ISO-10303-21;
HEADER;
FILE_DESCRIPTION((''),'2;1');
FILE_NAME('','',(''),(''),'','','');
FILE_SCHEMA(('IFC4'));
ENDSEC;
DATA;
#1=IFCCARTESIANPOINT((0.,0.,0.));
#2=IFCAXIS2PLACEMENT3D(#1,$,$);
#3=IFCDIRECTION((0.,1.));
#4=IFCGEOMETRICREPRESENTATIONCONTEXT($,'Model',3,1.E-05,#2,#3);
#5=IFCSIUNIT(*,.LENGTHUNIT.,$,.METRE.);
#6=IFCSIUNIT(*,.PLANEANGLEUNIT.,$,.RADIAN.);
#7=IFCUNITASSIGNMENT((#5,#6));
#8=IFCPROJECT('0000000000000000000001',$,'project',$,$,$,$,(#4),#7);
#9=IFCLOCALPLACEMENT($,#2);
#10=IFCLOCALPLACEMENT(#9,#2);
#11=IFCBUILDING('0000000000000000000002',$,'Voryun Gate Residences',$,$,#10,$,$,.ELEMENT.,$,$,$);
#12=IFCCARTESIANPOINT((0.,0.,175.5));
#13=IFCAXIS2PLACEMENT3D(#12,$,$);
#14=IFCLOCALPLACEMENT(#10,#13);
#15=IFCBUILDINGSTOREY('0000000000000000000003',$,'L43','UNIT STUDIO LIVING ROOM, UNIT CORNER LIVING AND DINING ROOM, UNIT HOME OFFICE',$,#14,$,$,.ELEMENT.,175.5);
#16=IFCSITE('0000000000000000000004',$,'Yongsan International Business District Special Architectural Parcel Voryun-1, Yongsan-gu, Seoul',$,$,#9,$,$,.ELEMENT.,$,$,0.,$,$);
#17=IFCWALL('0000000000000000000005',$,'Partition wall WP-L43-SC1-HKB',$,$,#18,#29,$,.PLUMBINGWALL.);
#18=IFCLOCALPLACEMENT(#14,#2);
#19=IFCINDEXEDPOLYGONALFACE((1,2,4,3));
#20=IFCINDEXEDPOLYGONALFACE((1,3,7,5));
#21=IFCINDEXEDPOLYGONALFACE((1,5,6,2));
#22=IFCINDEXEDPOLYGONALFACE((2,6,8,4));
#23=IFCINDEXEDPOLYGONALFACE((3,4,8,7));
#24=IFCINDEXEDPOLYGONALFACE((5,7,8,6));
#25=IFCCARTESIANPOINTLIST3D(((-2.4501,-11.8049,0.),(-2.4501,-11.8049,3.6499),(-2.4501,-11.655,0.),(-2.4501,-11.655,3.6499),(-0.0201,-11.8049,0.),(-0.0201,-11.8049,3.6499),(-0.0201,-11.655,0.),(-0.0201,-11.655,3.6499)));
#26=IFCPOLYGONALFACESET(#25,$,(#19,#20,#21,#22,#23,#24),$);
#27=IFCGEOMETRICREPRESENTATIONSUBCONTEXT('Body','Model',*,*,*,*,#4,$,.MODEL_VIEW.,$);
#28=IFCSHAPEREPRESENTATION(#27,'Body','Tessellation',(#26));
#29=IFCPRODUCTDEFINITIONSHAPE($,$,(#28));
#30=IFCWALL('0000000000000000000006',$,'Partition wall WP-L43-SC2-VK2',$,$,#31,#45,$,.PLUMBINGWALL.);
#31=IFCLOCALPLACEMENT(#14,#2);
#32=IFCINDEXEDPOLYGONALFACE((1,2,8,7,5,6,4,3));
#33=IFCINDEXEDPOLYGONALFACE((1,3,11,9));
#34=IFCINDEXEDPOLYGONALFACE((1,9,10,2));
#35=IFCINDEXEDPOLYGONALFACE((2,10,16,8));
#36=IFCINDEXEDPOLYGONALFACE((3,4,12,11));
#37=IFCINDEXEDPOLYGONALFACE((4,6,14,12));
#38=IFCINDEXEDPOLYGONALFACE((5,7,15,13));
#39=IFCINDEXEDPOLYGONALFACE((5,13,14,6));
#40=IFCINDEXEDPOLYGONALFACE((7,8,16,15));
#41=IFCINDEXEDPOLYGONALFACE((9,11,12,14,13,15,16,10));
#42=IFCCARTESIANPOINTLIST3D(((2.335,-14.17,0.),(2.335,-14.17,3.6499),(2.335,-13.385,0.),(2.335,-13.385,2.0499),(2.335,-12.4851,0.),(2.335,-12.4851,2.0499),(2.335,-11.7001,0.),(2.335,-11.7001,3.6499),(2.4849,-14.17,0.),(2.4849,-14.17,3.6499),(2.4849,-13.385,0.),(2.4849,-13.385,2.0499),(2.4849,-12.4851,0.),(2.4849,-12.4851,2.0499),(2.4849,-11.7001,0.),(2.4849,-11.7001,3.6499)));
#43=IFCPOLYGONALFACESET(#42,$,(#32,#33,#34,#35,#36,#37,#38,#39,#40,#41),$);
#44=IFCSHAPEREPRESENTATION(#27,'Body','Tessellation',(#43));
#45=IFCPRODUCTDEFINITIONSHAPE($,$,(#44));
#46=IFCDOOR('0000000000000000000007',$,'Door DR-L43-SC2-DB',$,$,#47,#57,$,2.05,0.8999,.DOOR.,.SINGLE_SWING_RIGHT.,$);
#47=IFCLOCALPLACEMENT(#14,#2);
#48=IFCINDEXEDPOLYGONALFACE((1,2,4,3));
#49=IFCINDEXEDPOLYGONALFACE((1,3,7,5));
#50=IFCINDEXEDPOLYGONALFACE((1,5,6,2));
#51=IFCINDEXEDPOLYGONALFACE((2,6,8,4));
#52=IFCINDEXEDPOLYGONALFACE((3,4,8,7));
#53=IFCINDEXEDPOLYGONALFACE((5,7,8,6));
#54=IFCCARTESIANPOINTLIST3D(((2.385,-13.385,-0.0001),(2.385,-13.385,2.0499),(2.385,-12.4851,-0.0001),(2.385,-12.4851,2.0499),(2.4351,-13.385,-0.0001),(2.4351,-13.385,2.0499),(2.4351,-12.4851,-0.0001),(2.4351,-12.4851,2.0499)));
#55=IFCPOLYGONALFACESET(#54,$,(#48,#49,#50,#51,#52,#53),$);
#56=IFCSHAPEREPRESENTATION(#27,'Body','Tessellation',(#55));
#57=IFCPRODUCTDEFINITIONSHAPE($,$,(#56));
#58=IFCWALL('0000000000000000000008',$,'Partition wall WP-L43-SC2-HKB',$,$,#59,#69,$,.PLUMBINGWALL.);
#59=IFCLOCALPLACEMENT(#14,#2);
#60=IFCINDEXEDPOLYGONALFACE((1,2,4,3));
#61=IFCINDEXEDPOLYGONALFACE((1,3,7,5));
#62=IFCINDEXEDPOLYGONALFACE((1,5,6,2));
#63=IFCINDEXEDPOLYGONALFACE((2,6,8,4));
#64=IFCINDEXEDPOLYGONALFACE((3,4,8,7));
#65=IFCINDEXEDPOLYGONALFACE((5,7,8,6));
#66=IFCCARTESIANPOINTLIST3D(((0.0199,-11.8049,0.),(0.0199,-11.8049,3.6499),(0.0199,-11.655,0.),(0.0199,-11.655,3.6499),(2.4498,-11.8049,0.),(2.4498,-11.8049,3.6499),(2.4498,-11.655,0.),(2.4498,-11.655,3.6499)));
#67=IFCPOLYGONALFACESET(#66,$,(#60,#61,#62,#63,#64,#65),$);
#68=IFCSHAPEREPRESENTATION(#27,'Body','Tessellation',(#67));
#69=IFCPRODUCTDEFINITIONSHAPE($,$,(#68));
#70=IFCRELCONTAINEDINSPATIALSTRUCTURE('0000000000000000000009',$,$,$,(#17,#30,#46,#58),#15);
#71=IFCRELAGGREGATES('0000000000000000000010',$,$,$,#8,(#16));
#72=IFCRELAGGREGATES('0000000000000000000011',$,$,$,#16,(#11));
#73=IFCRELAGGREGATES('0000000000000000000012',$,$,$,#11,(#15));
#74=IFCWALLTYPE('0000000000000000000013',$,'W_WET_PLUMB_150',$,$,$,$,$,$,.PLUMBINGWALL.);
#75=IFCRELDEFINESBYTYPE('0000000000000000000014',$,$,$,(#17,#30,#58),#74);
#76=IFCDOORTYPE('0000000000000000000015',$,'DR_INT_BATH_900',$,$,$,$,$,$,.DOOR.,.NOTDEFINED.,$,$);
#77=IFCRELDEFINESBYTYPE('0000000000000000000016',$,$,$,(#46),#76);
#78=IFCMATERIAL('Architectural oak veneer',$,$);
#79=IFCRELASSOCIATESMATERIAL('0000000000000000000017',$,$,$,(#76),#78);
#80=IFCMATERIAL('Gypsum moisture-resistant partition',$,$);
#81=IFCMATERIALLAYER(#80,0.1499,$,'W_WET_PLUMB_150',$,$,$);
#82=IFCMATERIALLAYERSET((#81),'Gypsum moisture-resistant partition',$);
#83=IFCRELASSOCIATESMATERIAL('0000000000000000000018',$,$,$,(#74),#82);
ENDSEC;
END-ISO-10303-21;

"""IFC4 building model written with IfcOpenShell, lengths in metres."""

from ifc_helpers import new_model, si_unit, direction, frame, frame_2d, origin, place, context, subcontext, project, spatial, rectangle, extrude, material, layer, layer_set, type_object, element, fill, save


model = new_model("IFC4")

# Units and contexts
model_context = context("Model", 3, precision=1e-05, world=origin(), true_north=direction((0.0, 1.0)))
body_context = subcontext(model_context, "Body", "Model", "MODEL_VIEW")
ifc_project = project(units=[si_unit("LENGTHUNIT", "METRE"), si_unit("PLANEANGLEUNIT", "RADIAN")], contexts=[model_context])

# Site, building, storey
site_placement = place(None, origin())
site = spatial("IfcSite", under=ifc_project, at=site_placement, Name="Yongsan International Business District Special Architectural Parcel Voryun-1, Yongsan-gu, Seoul", CompositionType="ELEMENT", RefElevation=0.0)
building_placement = place(site_placement, origin())
building = spatial("IfcBuilding", under=site, at=building_placement, Name="Voryun Gate Residences", CompositionType="ELEMENT")
storey_placement = place(building_placement, frame((0.0, 0.0, 175.5)))
storey = spatial("IfcBuildingStorey", under=building, at=storey_placement, Name="L43", Description="UNIT STUDIO LIVING ROOM, UNIT CORNER LIVING AND DINING ROOM, UNIT HOME OFFICE", CompositionType="ELEMENT", Elevation=175.5)

# Shared definitions
ifc_material_1 = material(Name="Architectural oak veneer")
door_type_1 = type_object("IfcDoorType", Name="DR_INT_BATH_900", OperationType="NOTDEFINED", PredefinedType="DOOR", material=ifc_material_1)

# Shared definitions
ifc_material_2 = material(Name="Gypsum moisture-resistant partition")
ifc_layer_1 = layer(ifc_material_2, 0.1499, Name="W_WET_PLUMB_150")
ifc_layer_set_1 = layer_set([ifc_layer_1], Name="Gypsum moisture-resistant partition")
wall_type_1 = type_object("IfcWallType", Name="W_WET_PLUMB_150", PredefinedType="PLUMBINGWALL", material=ifc_layer_set_1)

# Wall
wall_1_placement = place(storey_placement, frame((-2.45, -11.73, 0.0), z_axis=(0.0, 0.0, 1.0), x_axis=(1.0, 0.0, 0.0)))
element("IfcWall", 1, at=wall_1_placement, inside=storey, type_object=wall_type_1, Name="Partition wall WP-L43-SC1-HKB", PredefinedType="PLUMBINGWALL", context=body_context, shape_type="SweptSolid", body=[
    extrude(rectangle(XDim=2.4299, YDim=0.1499, at=frame_2d((1.2148, 0.0))), origin(), (0.0, 0.0, 1.0), 3.6499),
])

# Wall, opening, door
wall_2_placement = place(storey_placement, frame((2.4099, -14.1699, 0.0), z_axis=(0.0, 0.0, 1.0), x_axis=(0.0, 1.0, 0.0)))
wall_2 = element("IfcWall", 2, at=wall_2_placement, inside=storey, type_object=wall_type_1, Name="Partition wall WP-L43-SC2-VK2", PredefinedType="PLUMBINGWALL", context=body_context, shape_type="SweptSolid", body=[
    extrude(rectangle(XDim=2.47, YDim=0.1499, at=frame_2d((1.2349, 0.0))), origin(), (0.0, 0.0, 1.0), 3.6499),
])
opening_1_placement = place(wall_2_placement, frame((0.7849, 0.0, 0.0)))
opening_1 = element("IfcOpeningElement", 3, at=opening_1_placement, cuts=wall_2, PredefinedType="OPENING", context=body_context, shape_type="SweptSolid", body=[
    extrude(rectangle(XDim=0.8999, YDim=2.05, at=frame_2d((0.45, 1.0249))), frame((0.0, 0.085, 0.0), z_axis=(0.0, -1.0, 0.0), x_axis=(1.0, 0.0, 0.0)), (0.0, 0.0, 1.0), 0.1699),
])
door_1_placement = place(opening_1_placement, origin())
door_1 = element("IfcDoor", 4, at=door_1_placement, inside=storey, type_object=door_type_1, Name="Door DR-L43-SC2-DB", OperationType="SINGLE_SWING_RIGHT", OverallHeight=2.05, OverallWidth=0.8999, PredefinedType="DOOR", context=body_context, shape_type="SweptSolid", body=[
    extrude(rectangle(XDim=0.8999, YDim=2.05, at=frame_2d((0.45, 1.0249))), frame((0.0, 0.0249, 0.0), z_axis=(0.0, -1.0, 0.0), x_axis=(1.0, 0.0, 0.0)), (0.0, 0.0, 1.0), 0.05),
])
fill(opening_1, door_1)

# Wall
wall_3_placement = place(storey_placement, frame((0.02, -11.73, 0.0), z_axis=(0.0, 0.0, 1.0), x_axis=(1.0, 0.0, 0.0)))
element("IfcWall", 5, at=wall_3_placement, inside=storey, type_object=wall_type_1, Name="Partition wall WP-L43-SC2-HKB", PredefinedType="PLUMBINGWALL", context=body_context, shape_type="SweptSolid", body=[
    extrude(rectangle(XDim=2.4299, YDim=0.1499, at=frame_2d((1.2148, 0.0))), origin(), (0.0, 0.0, 1.0), 3.6499),
])

save(model, "model.ifc")
